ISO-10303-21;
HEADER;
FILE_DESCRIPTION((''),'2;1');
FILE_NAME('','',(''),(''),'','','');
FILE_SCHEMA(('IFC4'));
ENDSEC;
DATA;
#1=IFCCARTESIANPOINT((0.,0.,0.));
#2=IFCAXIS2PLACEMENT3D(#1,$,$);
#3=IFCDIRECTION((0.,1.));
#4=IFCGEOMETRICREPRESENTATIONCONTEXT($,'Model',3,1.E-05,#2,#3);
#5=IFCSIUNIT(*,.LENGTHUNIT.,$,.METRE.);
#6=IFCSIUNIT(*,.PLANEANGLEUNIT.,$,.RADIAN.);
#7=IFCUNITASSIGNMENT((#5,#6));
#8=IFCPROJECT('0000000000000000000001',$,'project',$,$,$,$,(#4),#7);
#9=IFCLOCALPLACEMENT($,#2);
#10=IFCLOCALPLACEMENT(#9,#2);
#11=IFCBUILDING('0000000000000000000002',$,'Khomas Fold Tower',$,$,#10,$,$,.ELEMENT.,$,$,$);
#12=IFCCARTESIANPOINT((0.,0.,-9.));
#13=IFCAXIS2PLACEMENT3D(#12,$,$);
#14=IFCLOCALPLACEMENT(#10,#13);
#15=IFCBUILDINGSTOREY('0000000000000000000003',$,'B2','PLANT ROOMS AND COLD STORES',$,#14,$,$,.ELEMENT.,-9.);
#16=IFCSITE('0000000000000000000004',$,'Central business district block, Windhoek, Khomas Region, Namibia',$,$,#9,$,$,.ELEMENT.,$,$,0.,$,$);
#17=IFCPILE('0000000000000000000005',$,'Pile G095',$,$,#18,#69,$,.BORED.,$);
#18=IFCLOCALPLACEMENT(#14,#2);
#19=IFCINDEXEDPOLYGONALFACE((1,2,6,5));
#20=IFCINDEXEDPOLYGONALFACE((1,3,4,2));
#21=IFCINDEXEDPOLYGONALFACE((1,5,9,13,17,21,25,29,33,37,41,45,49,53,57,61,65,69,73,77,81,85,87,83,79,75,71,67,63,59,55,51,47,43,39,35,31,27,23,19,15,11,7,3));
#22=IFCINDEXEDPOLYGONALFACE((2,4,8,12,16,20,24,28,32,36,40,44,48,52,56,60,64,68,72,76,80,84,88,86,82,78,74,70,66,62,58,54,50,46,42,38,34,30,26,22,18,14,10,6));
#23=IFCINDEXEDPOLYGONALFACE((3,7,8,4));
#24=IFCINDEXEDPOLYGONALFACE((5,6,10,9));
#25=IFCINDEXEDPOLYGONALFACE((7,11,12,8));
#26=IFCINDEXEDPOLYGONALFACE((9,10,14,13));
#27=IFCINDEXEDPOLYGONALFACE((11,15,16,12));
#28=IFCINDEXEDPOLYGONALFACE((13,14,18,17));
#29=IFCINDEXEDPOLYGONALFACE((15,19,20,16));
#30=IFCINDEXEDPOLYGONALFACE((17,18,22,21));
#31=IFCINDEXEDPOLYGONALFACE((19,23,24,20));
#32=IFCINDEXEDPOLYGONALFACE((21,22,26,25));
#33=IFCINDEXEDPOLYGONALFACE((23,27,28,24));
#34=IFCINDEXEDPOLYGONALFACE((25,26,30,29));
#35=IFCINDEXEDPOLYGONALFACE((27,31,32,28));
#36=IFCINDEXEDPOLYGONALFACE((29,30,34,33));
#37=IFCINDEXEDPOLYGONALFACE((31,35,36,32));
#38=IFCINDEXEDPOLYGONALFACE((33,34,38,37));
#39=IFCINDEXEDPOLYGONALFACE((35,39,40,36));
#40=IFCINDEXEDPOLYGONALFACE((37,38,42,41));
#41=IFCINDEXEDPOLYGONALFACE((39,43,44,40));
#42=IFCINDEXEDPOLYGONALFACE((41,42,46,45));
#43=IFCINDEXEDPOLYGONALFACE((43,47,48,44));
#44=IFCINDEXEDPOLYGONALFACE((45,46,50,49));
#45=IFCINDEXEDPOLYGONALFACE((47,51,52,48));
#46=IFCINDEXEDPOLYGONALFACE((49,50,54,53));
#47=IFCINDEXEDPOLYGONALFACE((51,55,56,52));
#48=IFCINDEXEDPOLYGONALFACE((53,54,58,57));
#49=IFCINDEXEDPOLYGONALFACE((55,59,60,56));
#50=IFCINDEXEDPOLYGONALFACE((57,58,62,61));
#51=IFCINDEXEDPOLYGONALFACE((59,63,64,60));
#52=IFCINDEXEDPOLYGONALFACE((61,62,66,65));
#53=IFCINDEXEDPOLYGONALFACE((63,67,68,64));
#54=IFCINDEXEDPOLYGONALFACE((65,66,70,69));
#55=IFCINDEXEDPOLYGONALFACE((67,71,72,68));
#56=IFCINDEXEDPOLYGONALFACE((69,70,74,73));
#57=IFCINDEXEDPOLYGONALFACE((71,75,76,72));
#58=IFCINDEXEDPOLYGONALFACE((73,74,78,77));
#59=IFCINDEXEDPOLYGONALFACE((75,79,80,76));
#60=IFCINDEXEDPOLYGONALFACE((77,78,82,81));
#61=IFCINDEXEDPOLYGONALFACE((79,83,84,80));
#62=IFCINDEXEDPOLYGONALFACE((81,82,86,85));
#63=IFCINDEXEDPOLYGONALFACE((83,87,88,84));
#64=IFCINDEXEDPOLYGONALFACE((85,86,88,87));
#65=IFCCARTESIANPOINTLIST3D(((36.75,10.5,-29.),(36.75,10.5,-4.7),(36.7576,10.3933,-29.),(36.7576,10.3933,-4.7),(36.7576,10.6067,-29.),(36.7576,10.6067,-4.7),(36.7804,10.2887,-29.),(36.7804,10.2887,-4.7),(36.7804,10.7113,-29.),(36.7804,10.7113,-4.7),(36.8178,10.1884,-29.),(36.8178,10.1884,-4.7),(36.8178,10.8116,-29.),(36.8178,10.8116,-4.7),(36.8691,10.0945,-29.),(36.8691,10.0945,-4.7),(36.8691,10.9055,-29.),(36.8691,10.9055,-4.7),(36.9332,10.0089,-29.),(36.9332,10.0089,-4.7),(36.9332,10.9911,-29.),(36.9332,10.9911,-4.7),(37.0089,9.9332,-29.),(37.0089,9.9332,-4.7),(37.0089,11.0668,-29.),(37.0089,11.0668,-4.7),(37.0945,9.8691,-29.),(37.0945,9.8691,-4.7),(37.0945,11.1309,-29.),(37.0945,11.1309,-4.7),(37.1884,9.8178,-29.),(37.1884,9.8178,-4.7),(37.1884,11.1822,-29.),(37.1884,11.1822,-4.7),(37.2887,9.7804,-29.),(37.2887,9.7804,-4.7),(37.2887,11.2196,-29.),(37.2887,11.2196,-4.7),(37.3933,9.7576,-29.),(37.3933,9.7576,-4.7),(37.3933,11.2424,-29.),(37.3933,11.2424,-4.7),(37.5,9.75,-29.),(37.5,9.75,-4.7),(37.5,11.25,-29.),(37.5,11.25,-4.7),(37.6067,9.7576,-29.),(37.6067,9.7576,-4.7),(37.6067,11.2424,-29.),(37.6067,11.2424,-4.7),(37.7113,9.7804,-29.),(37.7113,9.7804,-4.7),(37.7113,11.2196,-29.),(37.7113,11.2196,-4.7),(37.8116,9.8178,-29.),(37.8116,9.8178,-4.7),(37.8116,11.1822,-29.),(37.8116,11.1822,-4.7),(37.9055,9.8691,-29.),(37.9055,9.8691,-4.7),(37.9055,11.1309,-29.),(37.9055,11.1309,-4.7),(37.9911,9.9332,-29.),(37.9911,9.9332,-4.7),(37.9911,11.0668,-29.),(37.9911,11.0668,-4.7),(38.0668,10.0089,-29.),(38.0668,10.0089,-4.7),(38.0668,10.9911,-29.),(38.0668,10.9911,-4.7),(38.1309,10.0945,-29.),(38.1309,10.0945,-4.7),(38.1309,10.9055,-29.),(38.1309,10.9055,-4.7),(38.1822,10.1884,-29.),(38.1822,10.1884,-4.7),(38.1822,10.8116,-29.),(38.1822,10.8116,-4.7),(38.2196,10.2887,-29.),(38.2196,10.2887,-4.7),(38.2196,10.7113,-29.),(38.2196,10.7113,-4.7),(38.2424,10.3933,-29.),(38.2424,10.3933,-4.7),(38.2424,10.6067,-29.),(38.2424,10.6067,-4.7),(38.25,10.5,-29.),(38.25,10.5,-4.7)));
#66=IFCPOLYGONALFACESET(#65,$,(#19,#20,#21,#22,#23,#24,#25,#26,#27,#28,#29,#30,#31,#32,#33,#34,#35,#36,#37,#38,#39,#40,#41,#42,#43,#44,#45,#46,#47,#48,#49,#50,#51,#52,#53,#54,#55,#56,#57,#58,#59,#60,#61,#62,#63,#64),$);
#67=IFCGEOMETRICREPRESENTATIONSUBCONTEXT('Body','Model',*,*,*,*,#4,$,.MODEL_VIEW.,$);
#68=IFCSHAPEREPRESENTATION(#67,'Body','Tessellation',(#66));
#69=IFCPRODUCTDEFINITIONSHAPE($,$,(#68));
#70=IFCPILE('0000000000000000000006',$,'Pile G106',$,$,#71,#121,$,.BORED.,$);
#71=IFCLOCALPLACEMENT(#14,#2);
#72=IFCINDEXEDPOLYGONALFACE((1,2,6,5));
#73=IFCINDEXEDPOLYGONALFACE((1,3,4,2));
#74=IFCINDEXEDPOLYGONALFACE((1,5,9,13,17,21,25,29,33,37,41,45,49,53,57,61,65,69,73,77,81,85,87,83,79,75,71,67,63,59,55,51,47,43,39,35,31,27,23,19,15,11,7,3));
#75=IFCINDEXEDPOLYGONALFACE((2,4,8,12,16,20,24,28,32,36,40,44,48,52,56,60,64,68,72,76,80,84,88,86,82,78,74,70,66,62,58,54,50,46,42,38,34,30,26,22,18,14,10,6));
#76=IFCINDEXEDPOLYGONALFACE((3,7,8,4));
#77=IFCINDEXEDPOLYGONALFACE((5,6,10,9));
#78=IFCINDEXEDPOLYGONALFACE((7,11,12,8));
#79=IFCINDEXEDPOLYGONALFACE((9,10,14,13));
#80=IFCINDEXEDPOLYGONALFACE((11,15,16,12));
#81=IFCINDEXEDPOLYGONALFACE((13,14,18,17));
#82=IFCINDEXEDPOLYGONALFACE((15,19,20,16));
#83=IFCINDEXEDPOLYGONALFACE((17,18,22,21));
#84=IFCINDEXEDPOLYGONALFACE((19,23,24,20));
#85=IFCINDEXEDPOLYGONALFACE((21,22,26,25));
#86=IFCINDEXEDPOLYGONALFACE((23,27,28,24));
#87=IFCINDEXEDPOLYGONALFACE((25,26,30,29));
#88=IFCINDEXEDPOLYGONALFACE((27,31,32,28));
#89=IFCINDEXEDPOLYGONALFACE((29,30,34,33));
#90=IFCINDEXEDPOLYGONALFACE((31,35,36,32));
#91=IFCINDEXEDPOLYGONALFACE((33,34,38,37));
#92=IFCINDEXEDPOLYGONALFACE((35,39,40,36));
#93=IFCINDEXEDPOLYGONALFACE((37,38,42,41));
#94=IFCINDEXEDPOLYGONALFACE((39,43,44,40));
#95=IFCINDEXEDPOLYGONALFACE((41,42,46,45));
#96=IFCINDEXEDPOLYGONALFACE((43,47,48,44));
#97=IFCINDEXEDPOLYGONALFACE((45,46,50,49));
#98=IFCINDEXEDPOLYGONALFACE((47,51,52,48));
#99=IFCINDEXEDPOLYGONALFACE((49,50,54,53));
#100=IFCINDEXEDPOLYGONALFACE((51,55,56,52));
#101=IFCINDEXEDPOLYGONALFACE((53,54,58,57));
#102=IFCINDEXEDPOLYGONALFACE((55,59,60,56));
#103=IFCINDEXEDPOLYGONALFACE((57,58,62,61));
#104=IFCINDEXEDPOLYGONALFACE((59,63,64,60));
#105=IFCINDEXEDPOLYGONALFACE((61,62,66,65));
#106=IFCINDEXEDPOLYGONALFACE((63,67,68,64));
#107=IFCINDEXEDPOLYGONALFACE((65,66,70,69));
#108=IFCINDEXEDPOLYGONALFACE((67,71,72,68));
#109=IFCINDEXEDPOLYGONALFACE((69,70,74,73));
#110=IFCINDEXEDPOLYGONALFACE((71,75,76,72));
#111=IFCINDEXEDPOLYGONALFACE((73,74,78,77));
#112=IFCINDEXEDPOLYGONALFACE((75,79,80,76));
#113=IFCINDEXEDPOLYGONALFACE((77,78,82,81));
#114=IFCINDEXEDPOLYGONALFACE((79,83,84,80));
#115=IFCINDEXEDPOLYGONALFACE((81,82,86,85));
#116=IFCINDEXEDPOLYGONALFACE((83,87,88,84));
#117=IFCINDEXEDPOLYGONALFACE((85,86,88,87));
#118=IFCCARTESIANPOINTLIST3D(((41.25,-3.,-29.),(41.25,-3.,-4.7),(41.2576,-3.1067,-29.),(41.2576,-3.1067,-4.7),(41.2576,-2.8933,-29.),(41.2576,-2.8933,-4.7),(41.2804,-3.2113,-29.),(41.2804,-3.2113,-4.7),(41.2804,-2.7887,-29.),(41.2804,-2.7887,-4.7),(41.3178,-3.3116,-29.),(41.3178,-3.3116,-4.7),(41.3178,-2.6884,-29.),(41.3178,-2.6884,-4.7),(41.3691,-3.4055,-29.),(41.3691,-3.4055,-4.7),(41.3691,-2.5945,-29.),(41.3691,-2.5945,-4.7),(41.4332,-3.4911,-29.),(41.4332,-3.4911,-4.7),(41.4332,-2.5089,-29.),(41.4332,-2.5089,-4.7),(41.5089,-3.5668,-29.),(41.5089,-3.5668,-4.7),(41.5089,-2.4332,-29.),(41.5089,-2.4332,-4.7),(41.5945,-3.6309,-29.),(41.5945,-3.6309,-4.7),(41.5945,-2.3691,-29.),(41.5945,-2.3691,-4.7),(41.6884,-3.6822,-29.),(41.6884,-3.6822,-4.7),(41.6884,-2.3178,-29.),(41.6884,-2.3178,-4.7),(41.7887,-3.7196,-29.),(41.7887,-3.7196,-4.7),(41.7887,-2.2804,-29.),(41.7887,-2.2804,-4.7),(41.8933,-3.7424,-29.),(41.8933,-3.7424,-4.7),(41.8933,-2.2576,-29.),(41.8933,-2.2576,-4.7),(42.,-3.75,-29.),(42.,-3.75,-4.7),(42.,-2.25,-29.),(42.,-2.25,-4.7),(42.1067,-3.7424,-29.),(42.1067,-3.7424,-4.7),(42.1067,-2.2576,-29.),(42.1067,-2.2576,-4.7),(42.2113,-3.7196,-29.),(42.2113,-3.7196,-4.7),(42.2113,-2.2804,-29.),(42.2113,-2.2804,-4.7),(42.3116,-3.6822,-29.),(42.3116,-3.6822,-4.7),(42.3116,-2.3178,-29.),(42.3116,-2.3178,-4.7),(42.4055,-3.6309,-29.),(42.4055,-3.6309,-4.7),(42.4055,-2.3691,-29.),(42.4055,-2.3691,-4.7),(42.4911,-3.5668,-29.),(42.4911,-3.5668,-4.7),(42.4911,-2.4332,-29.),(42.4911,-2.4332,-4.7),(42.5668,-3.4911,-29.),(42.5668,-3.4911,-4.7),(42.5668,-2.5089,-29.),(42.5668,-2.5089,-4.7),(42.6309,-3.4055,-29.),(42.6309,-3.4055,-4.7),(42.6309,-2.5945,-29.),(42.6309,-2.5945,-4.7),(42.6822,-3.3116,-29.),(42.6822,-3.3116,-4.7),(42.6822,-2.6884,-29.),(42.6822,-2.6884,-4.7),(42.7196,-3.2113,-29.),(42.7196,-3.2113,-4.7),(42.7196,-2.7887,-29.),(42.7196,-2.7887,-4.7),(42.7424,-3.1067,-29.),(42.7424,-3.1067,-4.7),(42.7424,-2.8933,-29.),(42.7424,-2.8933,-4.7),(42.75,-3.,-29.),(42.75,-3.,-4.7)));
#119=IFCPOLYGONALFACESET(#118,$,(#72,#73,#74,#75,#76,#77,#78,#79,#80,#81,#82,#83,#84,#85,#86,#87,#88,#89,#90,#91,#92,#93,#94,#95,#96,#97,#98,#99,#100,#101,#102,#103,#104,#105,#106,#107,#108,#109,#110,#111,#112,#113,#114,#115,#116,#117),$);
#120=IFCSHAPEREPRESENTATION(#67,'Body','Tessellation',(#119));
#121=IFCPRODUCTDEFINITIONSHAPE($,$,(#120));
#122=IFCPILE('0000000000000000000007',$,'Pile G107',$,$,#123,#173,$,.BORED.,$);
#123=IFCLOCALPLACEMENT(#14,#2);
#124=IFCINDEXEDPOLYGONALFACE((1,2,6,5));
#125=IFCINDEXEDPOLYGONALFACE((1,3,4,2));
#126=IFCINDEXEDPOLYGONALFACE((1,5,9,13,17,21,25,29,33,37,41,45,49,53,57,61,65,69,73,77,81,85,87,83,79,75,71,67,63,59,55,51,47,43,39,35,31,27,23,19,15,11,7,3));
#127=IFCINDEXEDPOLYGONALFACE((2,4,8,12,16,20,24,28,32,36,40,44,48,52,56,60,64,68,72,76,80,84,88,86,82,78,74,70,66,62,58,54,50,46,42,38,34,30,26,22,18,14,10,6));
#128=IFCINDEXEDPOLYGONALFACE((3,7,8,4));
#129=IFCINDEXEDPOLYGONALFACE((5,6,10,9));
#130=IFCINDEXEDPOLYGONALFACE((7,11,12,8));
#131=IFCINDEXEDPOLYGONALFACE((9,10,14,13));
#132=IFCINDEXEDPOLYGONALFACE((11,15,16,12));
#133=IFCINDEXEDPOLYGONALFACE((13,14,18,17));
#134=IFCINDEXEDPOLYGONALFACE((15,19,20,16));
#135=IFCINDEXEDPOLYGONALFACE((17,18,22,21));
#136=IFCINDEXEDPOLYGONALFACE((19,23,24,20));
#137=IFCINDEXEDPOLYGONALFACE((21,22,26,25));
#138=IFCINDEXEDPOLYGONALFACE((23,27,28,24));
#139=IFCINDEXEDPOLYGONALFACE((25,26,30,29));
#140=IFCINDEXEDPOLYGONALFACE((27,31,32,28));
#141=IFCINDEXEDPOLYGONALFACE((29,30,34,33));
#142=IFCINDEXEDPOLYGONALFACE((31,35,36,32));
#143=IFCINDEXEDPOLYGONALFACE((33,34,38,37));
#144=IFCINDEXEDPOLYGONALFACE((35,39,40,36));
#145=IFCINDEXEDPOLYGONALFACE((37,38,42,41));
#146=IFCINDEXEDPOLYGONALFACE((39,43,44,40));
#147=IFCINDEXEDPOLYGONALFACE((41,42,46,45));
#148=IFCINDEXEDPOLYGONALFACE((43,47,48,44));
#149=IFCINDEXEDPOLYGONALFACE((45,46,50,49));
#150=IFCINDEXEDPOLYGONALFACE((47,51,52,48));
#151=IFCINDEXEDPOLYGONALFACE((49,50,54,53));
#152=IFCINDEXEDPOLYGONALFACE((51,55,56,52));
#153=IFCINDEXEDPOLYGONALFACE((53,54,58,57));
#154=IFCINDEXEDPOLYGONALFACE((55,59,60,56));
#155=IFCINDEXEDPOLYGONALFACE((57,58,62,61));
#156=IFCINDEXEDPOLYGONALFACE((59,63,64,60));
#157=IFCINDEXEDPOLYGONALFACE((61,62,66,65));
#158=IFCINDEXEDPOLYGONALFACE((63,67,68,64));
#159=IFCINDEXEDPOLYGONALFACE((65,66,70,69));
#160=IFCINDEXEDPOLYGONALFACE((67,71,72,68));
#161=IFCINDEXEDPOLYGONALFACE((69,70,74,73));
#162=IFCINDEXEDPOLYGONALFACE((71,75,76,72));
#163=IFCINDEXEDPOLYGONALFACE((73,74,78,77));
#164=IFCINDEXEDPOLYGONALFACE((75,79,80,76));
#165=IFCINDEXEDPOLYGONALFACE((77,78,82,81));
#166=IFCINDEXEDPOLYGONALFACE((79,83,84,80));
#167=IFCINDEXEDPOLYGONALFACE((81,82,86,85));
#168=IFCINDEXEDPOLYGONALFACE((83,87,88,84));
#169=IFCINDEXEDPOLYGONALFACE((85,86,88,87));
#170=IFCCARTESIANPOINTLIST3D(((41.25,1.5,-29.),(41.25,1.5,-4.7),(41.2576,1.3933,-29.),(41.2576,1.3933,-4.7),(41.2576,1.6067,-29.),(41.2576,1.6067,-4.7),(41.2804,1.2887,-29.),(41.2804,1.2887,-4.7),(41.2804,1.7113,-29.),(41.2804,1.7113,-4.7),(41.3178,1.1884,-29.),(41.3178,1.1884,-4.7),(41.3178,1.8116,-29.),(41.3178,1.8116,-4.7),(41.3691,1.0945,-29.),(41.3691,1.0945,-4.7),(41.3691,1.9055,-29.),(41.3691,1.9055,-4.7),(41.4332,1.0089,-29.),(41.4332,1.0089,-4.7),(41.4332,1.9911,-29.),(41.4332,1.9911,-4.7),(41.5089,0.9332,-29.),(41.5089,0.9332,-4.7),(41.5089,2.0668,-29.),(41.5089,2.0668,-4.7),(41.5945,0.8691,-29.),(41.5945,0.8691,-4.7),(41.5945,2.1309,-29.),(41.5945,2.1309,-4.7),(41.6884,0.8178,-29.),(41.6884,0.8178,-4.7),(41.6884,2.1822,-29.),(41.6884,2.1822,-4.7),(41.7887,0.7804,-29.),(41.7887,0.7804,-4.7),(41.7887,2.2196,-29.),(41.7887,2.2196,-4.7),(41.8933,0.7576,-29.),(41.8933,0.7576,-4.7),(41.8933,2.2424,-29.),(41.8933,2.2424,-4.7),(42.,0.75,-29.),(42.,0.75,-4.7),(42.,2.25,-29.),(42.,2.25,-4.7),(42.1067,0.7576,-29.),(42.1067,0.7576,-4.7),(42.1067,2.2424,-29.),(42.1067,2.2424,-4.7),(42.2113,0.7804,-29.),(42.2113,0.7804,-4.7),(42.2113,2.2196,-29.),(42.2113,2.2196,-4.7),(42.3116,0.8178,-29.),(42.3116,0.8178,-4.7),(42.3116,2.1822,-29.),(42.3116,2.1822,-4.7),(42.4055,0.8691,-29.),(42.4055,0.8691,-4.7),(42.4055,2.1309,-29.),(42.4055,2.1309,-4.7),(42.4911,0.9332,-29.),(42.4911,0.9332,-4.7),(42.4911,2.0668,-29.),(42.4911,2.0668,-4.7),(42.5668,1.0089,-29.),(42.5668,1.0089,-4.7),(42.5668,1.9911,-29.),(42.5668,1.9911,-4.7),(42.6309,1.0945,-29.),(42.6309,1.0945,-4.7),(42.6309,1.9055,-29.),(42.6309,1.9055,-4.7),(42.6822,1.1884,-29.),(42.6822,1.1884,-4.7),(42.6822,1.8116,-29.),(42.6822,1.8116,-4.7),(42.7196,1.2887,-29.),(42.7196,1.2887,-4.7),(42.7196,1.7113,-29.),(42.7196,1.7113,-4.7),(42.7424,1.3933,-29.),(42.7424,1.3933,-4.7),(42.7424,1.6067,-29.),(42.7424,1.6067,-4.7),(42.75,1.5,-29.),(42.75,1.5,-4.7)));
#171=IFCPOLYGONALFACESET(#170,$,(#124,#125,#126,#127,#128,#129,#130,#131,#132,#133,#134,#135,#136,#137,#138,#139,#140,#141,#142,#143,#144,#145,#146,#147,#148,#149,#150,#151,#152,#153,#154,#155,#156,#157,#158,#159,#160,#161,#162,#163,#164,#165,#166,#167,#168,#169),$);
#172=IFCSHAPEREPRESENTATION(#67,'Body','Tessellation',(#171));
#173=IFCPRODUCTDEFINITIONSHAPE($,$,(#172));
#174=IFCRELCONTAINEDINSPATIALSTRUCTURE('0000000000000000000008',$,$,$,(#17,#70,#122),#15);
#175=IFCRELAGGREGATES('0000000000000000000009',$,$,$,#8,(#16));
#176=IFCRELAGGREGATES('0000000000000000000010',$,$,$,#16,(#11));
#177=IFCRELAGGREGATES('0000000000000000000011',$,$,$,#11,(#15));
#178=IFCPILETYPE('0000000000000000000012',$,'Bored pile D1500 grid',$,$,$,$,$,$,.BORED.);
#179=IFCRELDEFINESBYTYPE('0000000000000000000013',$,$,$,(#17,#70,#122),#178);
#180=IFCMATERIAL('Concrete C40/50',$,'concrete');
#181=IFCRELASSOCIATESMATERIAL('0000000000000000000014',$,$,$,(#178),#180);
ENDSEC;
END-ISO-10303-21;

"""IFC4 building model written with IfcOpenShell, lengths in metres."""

from ifc_helpers import new_model, si_unit, direction, frame, origin, origin_2d, place, context, subcontext, project, spatial, circle, extrude, source, transform, mapped, material, material_profile, profile_set, type_object, element, save


model = new_model("IFC4")

# Units and contexts
model_context = context("Model", 3, precision=1e-05, world=origin(), true_north=direction((0.0, 1.0)))
body_context = subcontext(model_context, "Body", "Model", "MODEL_VIEW")
ifc_project = project(units=[si_unit("LENGTHUNIT", "METRE"), si_unit("PLANEANGLEUNIT", "RADIAN")], contexts=[model_context])

# Site, building, storey
site_placement = place(None, origin())
site = spatial("IfcSite", under=ifc_project, at=site_placement, Name="Central business district block, Windhoek, Khomas Region, Namibia", CompositionType="ELEMENT", RefElevation=0.0)
building_placement = place(site_placement, origin())
building = spatial("IfcBuilding", under=site, at=building_placement, Name="Khomas Fold Tower", CompositionType="ELEMENT")
storey_placement = place(building_placement, frame((0.0, 0.0, -9.0)))
storey = spatial("IfcBuildingStorey", under=building, at=storey_placement, Name="B2", Description="PLANT ROOMS AND COLD STORES", CompositionType="ELEMENT", Elevation=-9.0)

# Piles
ifc_material_1 = material(Name="Concrete C40/50", Category="concrete")
ifc_material_profile_1 = material_profile(ifc_material_1, circle(Radius=0.75, at=origin_2d()), Name="PILE D1500")
ifc_profile_set_1 = profile_set([ifc_material_profile_1], Name="Concrete C40/50")
pile_type = type_object("IfcPileType", Name="Bored pile D1500 grid", PredefinedType="BORED", material=ifc_profile_set_1)
shared_shape_1 = source(origin(), body_context, "Body", "SweptSolid", [
    extrude(circle(Radius=0.75, at=origin_2d()), origin(), (0.0, 0.0, 1.0), 24.3),
])
for number, where, z_axis, x_axis, name in (
    (1, (37.5, 10.5, -4.7), (0.0, 0.0, -1.0), (1.0, 0.0, 0.0), "Pile G095"),
    (2, (42.0, -3.0, -4.7), (0.0, 0.0, -1.0), (1.0, 0.0, 0.0), "Pile G106"),
    (3, (42.0, 1.5, -4.7), (0.0, 0.0, -1.0), (1.0, 0.0, 0.0), "Pile G107"),
):
    element("IfcPile", number, at=place(storey_placement, frame(where, z_axis=z_axis, x_axis=x_axis)), inside=storey, type_object=pile_type, Name=name, PredefinedType="BORED", context=body_context, shape_type="MappedRepresentation", body=[
        mapped(shared_shape_1, transform((0.0, 0.0, 0.0))),
    ])

save(model, "model.ifc")
